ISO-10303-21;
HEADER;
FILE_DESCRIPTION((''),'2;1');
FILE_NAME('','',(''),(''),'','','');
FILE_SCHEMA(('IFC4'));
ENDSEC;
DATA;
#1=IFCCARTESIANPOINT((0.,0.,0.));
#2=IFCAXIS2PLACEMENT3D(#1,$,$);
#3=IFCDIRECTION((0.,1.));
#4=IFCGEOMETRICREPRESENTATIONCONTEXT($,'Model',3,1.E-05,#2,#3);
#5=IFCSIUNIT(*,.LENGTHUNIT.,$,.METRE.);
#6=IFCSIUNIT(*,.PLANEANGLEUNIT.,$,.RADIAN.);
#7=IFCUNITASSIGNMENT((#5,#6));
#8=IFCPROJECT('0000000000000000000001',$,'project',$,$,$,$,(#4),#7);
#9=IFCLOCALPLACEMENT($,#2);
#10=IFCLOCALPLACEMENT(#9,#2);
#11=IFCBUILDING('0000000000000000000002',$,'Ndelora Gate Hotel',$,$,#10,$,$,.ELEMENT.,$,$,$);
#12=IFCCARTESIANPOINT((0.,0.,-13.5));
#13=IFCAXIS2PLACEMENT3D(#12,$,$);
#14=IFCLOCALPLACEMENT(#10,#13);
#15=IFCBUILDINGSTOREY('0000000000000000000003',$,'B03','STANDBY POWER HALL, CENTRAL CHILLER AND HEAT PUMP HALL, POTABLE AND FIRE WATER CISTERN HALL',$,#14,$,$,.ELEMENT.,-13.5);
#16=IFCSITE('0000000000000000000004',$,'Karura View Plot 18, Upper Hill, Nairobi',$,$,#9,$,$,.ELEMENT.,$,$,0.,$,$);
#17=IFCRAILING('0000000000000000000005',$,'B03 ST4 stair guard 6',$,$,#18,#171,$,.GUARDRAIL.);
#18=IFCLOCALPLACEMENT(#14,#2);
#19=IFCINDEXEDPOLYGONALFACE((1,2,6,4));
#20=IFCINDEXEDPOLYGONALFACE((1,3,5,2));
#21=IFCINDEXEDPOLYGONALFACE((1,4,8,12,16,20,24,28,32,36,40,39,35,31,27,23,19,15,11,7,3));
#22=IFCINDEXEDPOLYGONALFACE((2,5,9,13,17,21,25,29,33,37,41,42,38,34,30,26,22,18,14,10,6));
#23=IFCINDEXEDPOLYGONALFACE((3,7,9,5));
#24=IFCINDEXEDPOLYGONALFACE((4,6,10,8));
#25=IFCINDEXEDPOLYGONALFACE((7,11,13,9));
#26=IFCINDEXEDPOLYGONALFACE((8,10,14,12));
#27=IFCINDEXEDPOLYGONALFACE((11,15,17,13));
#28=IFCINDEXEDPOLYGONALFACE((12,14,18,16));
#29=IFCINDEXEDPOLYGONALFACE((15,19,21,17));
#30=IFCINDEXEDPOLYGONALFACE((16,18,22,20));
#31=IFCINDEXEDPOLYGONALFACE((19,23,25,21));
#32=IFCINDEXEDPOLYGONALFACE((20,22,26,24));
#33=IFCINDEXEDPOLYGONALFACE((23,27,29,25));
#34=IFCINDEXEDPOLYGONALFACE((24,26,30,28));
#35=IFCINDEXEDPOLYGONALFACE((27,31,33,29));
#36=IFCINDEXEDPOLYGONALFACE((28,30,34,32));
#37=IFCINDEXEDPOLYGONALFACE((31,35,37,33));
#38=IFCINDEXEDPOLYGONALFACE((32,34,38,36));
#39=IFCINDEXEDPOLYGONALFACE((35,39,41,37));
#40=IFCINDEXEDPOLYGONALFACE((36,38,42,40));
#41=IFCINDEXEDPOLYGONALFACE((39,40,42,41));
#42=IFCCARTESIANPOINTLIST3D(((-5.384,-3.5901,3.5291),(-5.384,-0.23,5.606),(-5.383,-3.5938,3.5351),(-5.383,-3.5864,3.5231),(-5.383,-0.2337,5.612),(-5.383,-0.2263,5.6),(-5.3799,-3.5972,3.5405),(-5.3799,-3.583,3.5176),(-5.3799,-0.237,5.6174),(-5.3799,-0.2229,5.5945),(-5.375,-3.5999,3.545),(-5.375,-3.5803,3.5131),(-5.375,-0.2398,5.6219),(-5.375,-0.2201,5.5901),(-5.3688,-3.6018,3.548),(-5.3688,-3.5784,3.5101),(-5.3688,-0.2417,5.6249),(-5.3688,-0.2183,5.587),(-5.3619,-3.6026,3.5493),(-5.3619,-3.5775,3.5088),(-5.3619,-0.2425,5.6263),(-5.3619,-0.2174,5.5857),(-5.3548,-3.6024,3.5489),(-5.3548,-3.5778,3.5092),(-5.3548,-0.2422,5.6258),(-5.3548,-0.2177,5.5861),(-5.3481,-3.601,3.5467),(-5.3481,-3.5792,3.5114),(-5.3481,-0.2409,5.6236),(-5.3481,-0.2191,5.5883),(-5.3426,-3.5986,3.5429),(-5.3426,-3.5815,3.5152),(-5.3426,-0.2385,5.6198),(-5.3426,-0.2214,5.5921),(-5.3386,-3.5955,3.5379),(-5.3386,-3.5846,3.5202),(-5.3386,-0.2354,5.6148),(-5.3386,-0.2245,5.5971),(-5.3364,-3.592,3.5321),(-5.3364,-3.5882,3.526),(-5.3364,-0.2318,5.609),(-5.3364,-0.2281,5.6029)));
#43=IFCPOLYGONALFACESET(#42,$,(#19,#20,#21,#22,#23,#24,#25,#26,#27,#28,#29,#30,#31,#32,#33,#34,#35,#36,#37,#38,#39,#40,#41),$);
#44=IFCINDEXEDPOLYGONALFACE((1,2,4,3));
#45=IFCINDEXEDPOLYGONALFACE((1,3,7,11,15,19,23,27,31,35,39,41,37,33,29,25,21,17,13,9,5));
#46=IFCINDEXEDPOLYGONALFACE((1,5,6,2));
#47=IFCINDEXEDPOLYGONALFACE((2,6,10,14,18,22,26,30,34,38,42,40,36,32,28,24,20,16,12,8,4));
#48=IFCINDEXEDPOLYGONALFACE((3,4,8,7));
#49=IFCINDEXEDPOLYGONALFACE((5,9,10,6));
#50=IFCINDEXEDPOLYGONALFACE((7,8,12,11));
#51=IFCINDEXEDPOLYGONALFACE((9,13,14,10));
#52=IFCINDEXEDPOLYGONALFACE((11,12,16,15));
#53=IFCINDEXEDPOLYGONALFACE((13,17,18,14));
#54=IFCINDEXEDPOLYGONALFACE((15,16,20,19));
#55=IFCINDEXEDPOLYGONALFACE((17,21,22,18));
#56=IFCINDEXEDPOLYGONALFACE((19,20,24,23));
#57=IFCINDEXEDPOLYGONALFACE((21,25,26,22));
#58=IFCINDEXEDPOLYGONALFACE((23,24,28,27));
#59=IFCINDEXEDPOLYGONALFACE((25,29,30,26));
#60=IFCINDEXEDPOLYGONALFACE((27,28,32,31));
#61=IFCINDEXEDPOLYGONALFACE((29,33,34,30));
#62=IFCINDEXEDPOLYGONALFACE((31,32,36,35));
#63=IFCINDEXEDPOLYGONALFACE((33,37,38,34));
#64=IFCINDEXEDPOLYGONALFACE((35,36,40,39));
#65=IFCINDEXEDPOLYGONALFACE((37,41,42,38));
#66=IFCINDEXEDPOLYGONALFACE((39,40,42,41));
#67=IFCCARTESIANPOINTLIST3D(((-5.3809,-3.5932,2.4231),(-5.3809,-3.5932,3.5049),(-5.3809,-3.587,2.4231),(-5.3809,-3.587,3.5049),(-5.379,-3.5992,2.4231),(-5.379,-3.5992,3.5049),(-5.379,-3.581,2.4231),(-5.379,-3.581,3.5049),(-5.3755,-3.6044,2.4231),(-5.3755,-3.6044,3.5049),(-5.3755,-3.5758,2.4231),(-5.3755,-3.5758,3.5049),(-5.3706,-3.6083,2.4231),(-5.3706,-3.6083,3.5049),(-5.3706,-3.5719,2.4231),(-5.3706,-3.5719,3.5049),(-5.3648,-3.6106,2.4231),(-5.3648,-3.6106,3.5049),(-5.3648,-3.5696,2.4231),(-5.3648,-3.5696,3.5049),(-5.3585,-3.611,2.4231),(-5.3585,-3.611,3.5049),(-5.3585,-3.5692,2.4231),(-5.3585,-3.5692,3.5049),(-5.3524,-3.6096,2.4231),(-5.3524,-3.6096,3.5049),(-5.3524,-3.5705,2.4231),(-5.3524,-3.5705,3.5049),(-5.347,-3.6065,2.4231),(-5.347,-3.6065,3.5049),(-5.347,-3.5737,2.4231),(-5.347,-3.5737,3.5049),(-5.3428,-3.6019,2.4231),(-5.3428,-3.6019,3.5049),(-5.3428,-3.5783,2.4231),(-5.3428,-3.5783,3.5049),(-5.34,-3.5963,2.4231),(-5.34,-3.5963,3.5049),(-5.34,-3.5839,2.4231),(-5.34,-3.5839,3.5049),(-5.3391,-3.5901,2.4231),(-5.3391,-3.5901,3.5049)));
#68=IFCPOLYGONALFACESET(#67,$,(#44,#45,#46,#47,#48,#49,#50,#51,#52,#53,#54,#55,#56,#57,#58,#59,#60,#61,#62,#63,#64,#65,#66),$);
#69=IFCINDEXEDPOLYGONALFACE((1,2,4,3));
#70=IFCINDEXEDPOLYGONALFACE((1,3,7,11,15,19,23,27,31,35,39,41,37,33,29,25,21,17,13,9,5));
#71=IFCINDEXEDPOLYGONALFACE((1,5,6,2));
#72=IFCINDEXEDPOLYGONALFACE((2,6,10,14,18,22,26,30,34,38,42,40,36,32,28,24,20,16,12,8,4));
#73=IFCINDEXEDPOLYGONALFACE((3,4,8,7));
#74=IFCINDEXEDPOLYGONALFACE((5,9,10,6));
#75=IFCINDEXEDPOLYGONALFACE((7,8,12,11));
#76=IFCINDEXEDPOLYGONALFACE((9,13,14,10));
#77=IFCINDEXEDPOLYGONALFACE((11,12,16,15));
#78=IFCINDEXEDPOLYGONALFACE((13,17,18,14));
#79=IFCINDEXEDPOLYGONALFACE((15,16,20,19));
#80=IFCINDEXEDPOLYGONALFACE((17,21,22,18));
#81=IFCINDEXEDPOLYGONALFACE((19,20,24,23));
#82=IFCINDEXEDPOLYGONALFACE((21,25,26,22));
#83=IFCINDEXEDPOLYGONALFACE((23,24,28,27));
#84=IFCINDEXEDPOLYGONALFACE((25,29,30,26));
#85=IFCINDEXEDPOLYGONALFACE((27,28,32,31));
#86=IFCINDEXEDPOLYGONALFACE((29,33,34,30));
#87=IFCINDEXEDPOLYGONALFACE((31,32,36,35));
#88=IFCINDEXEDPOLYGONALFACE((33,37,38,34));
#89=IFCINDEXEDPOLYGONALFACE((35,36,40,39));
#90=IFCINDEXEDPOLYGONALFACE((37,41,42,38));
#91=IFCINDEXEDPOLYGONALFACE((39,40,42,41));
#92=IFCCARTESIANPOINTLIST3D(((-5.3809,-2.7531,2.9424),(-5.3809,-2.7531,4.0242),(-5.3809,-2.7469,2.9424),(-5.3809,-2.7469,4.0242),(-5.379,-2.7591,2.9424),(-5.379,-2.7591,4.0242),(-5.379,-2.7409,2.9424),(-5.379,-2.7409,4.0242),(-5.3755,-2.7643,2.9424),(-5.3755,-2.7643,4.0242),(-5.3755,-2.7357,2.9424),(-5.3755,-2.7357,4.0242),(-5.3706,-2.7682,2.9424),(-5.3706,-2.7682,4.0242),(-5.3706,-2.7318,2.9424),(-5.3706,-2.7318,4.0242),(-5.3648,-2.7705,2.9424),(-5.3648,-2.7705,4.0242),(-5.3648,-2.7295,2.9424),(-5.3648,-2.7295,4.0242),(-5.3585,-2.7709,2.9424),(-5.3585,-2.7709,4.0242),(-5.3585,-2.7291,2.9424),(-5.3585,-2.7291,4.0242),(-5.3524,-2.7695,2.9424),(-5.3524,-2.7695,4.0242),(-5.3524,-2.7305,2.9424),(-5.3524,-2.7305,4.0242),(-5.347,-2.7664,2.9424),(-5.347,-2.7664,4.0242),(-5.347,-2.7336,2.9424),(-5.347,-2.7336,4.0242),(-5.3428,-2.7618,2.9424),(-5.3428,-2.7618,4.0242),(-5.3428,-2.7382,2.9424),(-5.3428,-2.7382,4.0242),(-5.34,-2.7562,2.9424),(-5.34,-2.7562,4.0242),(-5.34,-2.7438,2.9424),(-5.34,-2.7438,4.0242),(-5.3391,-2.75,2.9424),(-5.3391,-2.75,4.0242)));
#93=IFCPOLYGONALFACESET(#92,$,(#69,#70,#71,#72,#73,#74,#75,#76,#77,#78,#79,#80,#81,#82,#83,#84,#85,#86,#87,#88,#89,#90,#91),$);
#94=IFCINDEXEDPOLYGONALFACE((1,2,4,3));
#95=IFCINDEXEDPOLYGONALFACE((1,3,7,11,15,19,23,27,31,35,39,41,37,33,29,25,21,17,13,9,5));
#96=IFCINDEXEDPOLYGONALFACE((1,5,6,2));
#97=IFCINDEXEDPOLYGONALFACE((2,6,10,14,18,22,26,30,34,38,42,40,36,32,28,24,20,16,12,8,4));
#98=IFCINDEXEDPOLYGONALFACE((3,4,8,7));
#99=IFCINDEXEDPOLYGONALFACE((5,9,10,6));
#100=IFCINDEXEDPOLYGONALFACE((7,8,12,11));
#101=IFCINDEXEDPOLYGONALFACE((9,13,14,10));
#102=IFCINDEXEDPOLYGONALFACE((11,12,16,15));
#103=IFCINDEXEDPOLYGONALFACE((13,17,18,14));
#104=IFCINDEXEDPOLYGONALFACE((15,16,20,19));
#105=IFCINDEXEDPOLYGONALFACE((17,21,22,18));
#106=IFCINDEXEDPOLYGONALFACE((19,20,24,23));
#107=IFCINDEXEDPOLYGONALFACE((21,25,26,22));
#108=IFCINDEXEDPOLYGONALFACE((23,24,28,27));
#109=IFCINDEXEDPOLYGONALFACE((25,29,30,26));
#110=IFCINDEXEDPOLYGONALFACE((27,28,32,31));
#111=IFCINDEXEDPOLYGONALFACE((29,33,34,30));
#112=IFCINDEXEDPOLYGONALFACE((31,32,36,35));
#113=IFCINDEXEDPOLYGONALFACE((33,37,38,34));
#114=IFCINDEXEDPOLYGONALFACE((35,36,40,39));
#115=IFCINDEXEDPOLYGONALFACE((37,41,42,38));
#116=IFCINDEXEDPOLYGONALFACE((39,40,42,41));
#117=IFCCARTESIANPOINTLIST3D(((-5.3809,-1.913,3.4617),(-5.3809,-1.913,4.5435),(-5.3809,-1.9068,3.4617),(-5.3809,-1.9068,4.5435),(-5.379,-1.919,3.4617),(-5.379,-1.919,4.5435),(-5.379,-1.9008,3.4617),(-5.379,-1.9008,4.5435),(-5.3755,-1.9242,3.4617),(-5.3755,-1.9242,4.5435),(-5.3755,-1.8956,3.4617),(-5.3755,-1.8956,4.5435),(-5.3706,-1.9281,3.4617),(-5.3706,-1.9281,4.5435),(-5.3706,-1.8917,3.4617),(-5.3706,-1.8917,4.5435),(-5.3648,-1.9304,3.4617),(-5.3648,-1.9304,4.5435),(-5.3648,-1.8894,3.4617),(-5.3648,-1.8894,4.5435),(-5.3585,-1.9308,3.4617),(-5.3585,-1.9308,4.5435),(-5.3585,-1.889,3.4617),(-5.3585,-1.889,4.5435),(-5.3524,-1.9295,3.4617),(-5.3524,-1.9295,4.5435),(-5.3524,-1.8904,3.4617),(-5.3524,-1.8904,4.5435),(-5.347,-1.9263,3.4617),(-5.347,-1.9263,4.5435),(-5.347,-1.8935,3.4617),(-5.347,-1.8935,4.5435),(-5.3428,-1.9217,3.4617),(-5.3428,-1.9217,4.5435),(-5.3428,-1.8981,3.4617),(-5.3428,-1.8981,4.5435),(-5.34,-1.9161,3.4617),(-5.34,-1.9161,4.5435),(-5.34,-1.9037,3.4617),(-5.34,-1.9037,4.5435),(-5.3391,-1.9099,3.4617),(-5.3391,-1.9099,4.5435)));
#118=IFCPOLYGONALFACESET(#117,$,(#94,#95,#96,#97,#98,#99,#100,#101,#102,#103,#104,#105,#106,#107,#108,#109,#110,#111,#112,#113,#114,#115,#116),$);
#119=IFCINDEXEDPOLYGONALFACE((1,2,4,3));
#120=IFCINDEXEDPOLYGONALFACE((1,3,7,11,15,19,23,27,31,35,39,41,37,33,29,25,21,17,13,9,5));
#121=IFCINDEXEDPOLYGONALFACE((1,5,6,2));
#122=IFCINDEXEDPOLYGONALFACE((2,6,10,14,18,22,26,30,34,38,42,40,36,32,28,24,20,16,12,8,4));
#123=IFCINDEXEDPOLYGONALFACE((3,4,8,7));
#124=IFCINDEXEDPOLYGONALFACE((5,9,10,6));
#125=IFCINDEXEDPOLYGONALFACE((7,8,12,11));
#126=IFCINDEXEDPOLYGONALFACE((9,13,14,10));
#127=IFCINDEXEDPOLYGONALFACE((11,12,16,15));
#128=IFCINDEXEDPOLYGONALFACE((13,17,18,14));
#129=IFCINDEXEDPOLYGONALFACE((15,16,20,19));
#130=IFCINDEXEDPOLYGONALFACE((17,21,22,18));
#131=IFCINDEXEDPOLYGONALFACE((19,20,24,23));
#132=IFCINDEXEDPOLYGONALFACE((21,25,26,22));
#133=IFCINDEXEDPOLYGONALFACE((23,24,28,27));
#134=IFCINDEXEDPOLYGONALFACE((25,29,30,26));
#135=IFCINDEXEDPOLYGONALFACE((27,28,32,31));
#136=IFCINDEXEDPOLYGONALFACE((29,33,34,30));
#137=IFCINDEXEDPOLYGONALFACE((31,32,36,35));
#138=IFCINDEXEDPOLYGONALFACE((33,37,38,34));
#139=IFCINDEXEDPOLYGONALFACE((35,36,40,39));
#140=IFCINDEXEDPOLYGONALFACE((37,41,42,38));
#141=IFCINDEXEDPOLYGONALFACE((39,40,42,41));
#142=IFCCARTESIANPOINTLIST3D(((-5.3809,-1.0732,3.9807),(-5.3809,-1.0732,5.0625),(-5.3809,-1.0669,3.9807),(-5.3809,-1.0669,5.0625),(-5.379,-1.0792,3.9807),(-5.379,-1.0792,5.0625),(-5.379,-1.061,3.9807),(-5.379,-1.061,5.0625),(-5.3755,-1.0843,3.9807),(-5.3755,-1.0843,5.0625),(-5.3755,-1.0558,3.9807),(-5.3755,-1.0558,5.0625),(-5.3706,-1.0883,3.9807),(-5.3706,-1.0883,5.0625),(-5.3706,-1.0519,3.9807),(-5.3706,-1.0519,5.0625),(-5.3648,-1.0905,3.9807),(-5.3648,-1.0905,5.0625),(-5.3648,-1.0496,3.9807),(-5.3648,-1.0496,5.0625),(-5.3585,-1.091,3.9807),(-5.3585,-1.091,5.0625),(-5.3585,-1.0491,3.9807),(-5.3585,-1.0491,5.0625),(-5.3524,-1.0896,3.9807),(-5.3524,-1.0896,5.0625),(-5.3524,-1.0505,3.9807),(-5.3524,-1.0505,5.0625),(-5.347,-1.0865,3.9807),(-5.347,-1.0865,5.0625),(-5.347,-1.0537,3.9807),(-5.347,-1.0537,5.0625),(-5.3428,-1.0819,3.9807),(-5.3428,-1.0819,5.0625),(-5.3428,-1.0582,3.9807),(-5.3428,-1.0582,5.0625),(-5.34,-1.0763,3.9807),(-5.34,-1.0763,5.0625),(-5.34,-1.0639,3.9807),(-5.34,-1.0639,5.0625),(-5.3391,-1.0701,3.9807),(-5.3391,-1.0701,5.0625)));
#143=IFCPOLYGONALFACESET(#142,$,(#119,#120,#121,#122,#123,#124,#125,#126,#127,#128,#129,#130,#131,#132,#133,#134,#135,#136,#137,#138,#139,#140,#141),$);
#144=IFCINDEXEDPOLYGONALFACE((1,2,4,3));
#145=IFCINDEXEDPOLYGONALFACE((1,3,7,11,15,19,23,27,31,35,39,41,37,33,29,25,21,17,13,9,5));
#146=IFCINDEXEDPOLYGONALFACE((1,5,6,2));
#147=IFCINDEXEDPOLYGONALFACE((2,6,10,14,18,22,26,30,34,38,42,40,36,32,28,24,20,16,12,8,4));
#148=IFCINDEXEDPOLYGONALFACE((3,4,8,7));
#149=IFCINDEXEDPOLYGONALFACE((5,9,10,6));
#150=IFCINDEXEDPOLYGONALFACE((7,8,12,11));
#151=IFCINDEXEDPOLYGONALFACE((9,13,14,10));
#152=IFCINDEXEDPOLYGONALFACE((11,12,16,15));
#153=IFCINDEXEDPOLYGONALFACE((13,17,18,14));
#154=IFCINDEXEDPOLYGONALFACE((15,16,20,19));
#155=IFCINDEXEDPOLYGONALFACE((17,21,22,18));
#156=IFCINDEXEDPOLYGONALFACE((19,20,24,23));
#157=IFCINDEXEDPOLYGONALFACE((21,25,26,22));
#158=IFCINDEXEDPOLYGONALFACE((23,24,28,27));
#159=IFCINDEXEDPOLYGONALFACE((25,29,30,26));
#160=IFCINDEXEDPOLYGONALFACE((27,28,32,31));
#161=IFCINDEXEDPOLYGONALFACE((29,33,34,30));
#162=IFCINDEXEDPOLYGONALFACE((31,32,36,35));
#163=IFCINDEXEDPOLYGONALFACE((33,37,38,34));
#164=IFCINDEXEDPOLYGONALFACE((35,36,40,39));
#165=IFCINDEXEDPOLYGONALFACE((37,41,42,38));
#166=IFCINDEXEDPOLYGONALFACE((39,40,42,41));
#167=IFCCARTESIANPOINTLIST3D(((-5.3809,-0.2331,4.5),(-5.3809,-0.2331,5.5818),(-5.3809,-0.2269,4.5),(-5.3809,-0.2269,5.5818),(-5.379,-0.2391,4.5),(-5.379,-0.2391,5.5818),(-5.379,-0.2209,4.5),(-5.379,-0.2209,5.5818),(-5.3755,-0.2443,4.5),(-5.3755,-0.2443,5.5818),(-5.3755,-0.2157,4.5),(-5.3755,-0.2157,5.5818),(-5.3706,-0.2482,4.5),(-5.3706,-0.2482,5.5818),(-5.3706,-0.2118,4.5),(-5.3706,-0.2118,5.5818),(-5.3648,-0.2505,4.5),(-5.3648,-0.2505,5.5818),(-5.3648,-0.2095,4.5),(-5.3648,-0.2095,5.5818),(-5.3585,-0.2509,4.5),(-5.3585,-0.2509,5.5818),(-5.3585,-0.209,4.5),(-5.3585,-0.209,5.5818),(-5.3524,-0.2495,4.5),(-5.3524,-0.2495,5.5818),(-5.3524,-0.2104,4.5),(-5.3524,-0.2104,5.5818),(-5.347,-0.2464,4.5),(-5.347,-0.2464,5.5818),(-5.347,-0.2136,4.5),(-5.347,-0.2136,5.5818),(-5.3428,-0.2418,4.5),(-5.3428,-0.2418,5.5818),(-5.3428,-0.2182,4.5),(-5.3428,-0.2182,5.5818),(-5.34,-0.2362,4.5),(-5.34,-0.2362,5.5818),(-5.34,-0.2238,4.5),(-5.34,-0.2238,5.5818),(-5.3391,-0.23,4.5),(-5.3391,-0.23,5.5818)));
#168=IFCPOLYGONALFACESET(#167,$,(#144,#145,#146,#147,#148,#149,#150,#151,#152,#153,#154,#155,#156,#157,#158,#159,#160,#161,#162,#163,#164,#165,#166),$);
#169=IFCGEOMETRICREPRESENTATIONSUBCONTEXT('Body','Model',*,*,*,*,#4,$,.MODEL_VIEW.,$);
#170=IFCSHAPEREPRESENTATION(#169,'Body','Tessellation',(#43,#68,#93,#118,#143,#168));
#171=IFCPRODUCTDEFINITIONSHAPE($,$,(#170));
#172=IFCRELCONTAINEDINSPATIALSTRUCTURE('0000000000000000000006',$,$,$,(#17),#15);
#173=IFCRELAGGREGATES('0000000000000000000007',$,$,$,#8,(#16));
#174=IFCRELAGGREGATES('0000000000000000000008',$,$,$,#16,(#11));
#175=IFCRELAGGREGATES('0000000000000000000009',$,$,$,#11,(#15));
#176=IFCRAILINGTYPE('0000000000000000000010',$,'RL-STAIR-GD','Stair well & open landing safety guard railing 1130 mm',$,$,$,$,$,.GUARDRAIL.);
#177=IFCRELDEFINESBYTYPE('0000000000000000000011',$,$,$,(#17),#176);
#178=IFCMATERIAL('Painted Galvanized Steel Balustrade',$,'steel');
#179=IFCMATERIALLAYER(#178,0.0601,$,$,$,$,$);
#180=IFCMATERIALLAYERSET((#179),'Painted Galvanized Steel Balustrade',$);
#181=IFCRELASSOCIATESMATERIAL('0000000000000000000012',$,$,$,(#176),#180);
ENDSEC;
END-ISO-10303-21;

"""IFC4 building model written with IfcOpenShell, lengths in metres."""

from ifc_helpers import new_model, si_unit, direction, frame, origin, origin_2d, place, context, subcontext, project, spatial, circle, extrude, material, layer, layer_set, type_object, element, save


model = new_model("IFC4")

# Units and contexts
model_context = context("Model", 3, precision=1e-05, world=origin(), true_north=direction((0.0, 1.0)))
body_context = subcontext(model_context, "Body", "Model", "MODEL_VIEW")
ifc_project = project(units=[si_unit("LENGTHUNIT", "METRE"), si_unit("PLANEANGLEUNIT", "RADIAN")], contexts=[model_context])

# Site, building, storey
site_placement = place(None, origin())
site = spatial("IfcSite", under=ifc_project, at=site_placement, Name="Karura View Plot 18, Upper Hill, Nairobi", CompositionType="ELEMENT", RefElevation=0.0)
building_placement = place(site_placement, origin())
building = spatial("IfcBuilding", under=site, at=building_placement, Name="Ndelora Gate Hotel", CompositionType="ELEMENT")
storey_placement = place(building_placement, frame((0.0, 0.0, -13.5)))
storey = spatial("IfcBuildingStorey", under=building, at=storey_placement, Name="B03", Description="STANDBY POWER HALL, CENTRAL CHILLER AND HEAT PUMP HALL, POTABLE AND FIRE WATER CISTERN HALL", CompositionType="ELEMENT", Elevation=-13.5)

# Railing
ifc_material_1 = material(Name="Painted Galvanized Steel Balustrade", Category="steel")
ifc_layer_1 = layer(ifc_material_1, 0.0601)
ifc_layer_set_1 = layer_set([ifc_layer_1], Name="Painted Galvanized Steel Balustrade")
railing_type_1 = type_object("IfcRailingType", Name="RL-STAIR-GD", Description="Stair well & open landing safety guard railing 1130 mm", PredefinedType="GUARDRAIL", material=ifc_layer_set_1)
railing_1_placement = place(storey_placement, frame((-5.3601, -3.5901, 2.4231)))
element("IfcRailing", 1, at=railing_1_placement, inside=storey, type_object=railing_type_1, Name="B03 ST4 stair guard 6", PredefinedType="GUARDRAIL", context=body_context, shape_type="SweptSolid", body=[
    extrude(circle(Radius=0.0239, at=origin_2d()), frame((0.0, 0.0, 1.106), z_axis=(0.0, 0.850623, 0.525776), x_axis=(-1.0, 0.0, 0.0)), (0.0, 0.0, 1.0), 3.9502),
    extrude(circle(Radius=0.021, at=origin_2d()), origin(), (0.0, 0.0, 1.0), 1.0818),
    extrude(circle(Radius=0.021, at=origin_2d()), frame((0.0, 0.8401, 0.5193)), (0.0, 0.0, 1.0), 1.0818),
    extrude(circle(Radius=0.021, at=origin_2d()), frame((0.0, 1.6802, 1.0386)), (0.0, 0.0, 1.0), 1.0818),
    extrude(circle(Radius=0.021, at=origin_2d()), frame((0.0, 2.52, 1.5576)), (0.0, 0.0, 1.0), 1.0818),
    extrude(circle(Radius=0.021, at=origin_2d()), frame((0.0, 3.3601, 2.0769)), (0.0, 0.0, 1.0), 1.0818),
])

save(model, "model.ifc")
